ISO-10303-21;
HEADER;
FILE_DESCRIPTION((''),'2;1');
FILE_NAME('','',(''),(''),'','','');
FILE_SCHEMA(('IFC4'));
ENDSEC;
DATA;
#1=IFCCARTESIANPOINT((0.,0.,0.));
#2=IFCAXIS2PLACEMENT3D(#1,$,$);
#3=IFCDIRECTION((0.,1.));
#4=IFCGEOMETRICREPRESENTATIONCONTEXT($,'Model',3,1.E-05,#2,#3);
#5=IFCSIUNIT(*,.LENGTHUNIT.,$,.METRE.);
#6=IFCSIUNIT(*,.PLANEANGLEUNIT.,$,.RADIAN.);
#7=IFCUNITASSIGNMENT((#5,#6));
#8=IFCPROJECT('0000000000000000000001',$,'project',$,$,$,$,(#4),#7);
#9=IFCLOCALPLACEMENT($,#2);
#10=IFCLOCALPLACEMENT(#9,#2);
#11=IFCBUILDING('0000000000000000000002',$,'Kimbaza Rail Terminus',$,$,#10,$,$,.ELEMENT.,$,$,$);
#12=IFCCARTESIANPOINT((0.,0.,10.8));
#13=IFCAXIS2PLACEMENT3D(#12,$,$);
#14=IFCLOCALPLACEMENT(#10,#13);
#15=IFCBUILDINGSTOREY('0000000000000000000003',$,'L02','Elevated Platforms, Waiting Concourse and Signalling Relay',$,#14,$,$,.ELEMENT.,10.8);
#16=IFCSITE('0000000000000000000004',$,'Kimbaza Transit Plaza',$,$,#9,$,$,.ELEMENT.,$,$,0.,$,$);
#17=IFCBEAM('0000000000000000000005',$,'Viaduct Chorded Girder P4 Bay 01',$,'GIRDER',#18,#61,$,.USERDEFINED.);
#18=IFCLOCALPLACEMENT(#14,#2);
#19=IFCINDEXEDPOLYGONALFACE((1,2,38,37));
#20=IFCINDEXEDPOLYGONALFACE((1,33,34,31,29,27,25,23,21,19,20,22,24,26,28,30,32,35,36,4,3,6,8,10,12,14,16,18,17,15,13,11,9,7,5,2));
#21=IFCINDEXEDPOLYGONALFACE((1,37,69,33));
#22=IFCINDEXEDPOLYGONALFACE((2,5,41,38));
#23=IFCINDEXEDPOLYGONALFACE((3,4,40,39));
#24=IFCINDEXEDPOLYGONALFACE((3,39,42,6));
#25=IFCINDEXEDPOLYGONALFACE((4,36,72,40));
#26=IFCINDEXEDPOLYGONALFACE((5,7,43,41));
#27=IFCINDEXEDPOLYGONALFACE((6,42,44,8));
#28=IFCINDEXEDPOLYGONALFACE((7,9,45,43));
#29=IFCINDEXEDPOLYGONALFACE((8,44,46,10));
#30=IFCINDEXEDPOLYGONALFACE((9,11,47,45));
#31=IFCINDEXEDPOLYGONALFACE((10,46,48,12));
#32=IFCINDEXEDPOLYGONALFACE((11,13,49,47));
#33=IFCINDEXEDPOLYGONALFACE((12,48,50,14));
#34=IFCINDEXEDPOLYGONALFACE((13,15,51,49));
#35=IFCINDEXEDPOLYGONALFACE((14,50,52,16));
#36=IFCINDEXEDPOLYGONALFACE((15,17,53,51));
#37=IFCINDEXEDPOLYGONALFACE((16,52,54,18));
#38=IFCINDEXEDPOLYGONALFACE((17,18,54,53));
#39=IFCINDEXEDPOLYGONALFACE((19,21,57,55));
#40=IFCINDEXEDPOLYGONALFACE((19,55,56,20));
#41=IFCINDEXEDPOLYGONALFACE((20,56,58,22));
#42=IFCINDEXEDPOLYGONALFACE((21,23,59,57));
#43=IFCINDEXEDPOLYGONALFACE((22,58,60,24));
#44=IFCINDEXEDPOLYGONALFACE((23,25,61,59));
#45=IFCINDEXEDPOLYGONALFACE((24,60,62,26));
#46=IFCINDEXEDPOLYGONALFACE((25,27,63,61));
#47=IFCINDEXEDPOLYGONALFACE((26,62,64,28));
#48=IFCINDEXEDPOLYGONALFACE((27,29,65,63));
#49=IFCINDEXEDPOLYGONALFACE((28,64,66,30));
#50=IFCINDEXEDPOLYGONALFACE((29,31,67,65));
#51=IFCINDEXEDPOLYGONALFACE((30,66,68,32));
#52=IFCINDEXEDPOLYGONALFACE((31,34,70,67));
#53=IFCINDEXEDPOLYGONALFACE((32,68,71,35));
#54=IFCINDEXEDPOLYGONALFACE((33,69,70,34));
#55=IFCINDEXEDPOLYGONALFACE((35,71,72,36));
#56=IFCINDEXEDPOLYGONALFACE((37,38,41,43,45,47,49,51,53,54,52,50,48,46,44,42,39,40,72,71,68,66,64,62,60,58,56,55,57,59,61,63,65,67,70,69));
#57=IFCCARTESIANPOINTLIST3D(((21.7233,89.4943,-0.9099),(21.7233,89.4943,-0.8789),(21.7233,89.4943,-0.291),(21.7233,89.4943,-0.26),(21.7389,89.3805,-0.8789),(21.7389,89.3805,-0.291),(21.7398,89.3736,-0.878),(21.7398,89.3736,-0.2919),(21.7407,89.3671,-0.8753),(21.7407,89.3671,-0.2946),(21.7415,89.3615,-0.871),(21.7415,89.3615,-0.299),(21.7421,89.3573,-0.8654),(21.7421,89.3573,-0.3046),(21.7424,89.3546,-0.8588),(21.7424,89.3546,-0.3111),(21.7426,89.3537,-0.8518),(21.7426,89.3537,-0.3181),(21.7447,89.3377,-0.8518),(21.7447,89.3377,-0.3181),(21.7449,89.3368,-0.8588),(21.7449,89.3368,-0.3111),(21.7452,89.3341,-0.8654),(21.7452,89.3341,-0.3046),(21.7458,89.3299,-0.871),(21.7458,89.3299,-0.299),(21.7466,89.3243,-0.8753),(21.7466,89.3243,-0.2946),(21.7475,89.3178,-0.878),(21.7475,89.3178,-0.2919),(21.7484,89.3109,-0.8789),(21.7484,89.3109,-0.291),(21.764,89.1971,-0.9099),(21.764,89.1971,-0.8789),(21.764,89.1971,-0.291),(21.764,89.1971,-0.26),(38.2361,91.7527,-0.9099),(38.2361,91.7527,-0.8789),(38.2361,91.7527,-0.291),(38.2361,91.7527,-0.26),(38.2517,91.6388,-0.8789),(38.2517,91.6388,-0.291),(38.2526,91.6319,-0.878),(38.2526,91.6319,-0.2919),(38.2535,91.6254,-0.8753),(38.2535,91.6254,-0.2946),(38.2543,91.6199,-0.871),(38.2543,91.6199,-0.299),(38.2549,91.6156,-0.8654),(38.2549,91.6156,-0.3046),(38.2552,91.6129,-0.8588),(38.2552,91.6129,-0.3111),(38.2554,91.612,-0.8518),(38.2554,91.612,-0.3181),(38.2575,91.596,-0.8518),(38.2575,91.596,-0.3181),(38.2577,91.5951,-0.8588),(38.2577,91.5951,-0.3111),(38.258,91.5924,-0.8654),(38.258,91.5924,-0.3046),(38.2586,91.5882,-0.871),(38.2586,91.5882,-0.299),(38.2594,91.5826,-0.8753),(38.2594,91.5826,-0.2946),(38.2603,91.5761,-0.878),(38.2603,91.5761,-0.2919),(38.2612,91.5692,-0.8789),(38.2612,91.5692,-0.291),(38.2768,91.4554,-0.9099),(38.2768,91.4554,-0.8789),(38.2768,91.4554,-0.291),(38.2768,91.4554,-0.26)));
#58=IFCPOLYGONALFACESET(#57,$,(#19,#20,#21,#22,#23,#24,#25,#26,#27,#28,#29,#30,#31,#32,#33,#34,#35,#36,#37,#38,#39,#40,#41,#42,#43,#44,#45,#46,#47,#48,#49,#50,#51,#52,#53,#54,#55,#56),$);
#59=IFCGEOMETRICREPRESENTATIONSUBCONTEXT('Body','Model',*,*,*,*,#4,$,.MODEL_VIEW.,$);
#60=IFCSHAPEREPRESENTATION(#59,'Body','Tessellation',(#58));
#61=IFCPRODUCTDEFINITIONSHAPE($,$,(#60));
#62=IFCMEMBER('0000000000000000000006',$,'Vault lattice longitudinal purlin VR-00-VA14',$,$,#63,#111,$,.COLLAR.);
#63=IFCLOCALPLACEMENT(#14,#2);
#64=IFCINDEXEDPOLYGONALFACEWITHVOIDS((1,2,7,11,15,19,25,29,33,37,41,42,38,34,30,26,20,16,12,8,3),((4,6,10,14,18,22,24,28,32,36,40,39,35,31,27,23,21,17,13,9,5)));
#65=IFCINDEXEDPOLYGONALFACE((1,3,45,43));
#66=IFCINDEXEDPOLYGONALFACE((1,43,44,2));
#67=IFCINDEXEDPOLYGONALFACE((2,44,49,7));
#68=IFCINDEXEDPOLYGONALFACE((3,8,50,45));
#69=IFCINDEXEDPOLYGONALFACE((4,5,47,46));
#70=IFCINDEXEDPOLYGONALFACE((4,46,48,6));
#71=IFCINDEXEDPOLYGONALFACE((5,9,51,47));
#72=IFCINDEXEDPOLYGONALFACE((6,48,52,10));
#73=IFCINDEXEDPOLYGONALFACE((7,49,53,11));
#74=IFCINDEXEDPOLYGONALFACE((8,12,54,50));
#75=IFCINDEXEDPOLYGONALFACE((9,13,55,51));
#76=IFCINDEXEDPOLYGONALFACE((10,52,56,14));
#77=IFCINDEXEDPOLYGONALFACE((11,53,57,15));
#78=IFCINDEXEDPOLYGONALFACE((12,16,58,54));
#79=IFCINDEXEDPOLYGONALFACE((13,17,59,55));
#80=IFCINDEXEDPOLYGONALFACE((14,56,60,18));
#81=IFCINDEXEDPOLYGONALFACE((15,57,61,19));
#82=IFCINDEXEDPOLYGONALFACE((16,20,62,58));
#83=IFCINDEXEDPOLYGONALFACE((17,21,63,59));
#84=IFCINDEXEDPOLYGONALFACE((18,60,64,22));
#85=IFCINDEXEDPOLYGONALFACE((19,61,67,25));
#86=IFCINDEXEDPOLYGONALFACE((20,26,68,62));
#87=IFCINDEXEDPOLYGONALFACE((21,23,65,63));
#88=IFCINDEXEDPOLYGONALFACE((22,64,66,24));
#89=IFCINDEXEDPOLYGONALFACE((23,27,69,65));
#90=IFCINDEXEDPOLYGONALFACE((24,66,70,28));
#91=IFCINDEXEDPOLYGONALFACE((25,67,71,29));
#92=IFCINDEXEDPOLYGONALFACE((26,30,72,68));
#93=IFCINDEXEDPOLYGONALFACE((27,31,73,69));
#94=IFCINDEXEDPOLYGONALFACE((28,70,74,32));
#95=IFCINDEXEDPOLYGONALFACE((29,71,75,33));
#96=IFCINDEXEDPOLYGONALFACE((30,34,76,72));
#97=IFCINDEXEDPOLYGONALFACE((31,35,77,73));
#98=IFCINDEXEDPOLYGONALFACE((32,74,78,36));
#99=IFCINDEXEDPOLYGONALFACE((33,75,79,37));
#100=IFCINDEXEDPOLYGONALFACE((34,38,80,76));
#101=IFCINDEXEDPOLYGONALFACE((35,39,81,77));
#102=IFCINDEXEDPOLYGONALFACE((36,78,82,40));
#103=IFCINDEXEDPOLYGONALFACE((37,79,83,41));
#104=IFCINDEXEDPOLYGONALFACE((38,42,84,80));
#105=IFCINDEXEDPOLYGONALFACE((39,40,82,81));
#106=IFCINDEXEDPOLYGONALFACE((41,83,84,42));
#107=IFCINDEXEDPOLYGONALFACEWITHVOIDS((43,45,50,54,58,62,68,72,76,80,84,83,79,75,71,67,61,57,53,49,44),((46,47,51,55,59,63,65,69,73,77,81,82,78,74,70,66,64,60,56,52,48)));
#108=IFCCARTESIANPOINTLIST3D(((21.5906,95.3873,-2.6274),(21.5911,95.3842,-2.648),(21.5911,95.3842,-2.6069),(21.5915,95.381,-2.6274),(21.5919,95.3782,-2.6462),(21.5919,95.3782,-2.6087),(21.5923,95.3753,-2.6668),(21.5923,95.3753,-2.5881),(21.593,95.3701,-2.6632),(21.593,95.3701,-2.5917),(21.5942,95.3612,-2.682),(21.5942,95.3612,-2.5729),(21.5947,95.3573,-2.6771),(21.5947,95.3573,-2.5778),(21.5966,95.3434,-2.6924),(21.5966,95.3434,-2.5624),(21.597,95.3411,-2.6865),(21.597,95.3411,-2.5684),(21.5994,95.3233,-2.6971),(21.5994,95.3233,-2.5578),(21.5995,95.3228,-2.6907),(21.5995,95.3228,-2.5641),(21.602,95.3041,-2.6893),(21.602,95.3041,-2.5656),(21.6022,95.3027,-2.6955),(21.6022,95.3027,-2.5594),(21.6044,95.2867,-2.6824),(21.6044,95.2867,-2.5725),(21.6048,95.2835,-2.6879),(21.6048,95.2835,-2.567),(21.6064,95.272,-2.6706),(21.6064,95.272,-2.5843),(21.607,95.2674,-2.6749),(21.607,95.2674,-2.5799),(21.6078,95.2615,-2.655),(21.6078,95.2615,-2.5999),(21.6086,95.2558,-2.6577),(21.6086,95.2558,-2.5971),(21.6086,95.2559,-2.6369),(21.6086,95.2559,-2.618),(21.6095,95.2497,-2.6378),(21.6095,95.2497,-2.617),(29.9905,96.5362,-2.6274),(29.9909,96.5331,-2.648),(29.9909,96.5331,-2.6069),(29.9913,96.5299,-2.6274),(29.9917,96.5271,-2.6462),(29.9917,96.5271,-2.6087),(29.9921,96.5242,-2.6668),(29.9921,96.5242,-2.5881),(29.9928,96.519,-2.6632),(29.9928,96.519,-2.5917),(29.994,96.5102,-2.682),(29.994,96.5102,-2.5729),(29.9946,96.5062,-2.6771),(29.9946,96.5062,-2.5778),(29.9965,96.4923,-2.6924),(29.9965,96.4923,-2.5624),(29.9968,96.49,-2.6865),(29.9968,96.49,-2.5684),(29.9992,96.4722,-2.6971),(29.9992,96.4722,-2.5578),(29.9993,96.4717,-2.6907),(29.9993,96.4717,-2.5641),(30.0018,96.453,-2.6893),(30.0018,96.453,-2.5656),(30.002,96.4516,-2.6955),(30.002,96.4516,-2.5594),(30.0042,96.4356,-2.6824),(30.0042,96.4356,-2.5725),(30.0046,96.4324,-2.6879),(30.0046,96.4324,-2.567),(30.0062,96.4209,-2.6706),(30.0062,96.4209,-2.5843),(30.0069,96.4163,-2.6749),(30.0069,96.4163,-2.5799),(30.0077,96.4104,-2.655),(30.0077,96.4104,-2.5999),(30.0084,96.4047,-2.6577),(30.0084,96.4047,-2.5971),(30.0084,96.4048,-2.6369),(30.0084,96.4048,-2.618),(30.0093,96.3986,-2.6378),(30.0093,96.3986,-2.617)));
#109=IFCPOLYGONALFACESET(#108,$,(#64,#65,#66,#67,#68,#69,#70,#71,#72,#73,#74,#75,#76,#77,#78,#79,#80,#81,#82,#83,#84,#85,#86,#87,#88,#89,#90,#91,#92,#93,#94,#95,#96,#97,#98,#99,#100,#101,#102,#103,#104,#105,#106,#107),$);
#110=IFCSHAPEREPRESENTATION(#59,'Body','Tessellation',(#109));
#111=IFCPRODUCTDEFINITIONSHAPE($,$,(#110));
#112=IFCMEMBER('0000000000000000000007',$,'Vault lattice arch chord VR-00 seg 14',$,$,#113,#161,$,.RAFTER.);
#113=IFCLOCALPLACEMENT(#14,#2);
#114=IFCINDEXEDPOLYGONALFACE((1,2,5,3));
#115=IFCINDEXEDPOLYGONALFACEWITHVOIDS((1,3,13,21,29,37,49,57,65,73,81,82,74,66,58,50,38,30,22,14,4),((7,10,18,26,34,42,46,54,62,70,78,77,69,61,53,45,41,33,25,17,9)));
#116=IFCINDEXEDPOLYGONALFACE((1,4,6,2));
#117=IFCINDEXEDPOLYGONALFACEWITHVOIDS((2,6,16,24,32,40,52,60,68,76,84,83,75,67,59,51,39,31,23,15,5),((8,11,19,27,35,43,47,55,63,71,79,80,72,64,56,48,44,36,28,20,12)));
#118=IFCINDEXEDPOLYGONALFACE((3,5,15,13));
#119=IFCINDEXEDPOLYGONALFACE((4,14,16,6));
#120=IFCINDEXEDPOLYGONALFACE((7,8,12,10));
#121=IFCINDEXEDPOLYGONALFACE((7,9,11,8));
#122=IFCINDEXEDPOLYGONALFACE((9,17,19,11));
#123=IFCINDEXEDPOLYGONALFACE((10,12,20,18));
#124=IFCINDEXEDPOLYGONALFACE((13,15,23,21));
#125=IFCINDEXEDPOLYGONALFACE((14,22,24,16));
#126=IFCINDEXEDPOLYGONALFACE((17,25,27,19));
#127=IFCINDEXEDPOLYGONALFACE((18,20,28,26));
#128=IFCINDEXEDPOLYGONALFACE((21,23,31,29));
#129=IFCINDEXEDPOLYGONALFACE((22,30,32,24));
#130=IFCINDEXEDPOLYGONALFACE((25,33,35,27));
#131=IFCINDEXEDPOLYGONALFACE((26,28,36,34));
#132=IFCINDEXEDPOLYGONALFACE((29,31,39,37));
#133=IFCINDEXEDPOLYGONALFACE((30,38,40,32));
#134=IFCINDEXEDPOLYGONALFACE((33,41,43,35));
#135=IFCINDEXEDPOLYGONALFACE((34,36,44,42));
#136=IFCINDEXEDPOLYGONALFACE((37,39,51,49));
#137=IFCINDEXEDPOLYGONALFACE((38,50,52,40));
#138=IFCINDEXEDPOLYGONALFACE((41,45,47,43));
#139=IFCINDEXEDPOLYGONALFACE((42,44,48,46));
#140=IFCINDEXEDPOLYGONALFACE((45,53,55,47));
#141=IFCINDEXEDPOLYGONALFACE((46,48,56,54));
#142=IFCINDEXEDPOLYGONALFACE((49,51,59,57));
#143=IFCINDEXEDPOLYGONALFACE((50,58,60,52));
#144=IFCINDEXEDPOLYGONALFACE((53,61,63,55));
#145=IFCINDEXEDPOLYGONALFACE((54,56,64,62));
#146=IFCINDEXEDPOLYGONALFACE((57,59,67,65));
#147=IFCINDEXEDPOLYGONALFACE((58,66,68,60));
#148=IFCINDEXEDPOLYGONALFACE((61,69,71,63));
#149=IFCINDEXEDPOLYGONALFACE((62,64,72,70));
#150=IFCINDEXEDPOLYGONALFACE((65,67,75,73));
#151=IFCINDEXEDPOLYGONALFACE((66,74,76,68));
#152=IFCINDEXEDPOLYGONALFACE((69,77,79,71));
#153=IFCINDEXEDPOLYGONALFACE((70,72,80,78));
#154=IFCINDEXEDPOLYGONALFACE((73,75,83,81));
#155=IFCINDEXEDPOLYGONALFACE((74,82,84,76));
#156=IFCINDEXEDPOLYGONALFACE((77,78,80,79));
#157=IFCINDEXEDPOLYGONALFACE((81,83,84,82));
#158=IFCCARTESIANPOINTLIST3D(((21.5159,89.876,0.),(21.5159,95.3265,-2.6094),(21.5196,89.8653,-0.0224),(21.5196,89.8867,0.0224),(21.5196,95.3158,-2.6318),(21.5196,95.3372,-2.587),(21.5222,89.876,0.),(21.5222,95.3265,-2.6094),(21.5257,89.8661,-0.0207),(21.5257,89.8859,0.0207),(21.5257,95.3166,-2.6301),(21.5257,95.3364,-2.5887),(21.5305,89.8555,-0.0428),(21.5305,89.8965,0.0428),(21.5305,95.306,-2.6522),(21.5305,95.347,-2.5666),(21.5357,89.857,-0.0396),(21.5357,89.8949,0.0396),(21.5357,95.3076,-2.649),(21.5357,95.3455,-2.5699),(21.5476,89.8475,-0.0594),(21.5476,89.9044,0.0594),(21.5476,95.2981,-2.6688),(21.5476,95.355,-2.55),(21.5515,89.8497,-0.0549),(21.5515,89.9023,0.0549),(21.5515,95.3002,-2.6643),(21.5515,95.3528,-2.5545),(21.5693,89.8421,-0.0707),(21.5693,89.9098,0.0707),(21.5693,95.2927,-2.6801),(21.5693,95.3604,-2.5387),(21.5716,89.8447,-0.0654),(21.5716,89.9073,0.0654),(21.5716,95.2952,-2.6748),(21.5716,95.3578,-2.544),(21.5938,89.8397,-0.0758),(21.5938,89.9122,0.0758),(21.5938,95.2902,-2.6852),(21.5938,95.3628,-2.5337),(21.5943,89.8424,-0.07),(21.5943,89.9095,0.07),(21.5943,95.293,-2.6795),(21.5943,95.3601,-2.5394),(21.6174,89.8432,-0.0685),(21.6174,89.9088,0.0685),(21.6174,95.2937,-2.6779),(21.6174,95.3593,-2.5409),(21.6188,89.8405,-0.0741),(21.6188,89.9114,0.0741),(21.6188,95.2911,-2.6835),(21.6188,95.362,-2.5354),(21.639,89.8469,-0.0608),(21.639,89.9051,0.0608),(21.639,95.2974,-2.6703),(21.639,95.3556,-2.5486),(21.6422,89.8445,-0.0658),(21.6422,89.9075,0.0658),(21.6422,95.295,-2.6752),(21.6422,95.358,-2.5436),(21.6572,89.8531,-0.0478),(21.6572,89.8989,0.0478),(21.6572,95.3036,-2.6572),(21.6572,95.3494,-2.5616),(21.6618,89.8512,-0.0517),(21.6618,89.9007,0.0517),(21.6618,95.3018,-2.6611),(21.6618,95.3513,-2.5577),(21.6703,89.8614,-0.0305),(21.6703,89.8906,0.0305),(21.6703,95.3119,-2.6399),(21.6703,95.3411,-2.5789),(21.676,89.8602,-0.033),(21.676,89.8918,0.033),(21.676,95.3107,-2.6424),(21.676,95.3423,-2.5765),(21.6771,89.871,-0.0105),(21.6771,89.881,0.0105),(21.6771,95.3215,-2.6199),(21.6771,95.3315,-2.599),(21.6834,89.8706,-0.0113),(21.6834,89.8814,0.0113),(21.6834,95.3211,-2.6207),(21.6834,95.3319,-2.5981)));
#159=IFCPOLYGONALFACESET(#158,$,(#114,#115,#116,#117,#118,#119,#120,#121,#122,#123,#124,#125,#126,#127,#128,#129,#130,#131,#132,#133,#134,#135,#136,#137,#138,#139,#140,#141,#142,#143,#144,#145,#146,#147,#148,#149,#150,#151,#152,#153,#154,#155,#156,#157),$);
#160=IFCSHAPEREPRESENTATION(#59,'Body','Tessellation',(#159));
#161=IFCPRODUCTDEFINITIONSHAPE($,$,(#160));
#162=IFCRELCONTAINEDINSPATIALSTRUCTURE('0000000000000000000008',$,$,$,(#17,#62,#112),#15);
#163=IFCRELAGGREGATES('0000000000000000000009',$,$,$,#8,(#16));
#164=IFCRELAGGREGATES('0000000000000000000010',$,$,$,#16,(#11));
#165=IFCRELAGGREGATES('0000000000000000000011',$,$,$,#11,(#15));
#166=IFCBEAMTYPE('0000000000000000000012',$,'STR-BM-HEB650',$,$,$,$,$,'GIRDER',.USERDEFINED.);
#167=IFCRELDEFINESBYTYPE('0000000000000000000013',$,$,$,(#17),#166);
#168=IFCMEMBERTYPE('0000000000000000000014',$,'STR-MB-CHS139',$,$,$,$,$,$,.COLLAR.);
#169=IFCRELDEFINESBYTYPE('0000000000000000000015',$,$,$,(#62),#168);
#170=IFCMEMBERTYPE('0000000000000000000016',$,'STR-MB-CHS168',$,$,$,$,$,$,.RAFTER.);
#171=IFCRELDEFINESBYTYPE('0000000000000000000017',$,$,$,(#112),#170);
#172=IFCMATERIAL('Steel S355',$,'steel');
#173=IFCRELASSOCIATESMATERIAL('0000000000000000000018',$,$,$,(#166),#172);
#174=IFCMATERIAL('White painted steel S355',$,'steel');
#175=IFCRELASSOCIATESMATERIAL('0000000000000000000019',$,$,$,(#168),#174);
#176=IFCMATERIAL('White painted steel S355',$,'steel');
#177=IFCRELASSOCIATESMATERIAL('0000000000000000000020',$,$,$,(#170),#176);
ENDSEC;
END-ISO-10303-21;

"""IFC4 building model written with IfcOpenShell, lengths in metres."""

from ifc_helpers import new_model, si_unit, direction, frame, origin, origin_2d, place, context, subcontext, project, spatial, hollow_circle, i_section, extrude, material, material_profile, profile_set, type_object, element, save


model = new_model("IFC4")

# Units and contexts
model_context = context("Model", 3, precision=1e-05, world=origin(), true_north=direction((0.0, 1.0)))
body_context = subcontext(model_context, "Body", "Model", "MODEL_VIEW")
ifc_project = project(units=[si_unit("LENGTHUNIT", "METRE"), si_unit("PLANEANGLEUNIT", "RADIAN")], contexts=[model_context])

# Site, building, storey
site_placement = place(None, origin())
site = spatial("IfcSite", under=ifc_project, at=site_placement, Name="Kimbaza Transit Plaza", CompositionType="ELEMENT", RefElevation=0.0)
building_placement = place(site_placement, origin())
building = spatial("IfcBuilding", under=site, at=building_placement, Name="Kimbaza Rail Terminus", CompositionType="ELEMENT")
storey_placement = place(building_placement, frame((0.0, 0.0, 10.8)))
storey = spatial("IfcBuildingStorey", under=building, at=storey_placement, Name="L02", Description="Elevated Platforms, Waiting Concourse and Signalling Relay", CompositionType="ELEMENT", Elevation=10.8)

# Beam
ifc_material_1 = material(Name="Steel S355", Category="steel")
ifc_material_profile_1 = material_profile(ifc_material_1, i_section(OverallWidth=0.3, OverallDepth=0.6499, WebThickness=0.0161, FlangeThickness=0.031, FilletRadius=0.0271, at=origin_2d()), Name="HEB 650")
ifc_profile_set_1 = profile_set([ifc_material_profile_1], Name="Steel S355")
beam_type = type_object("IfcBeamType", Name="STR-BM-HEB650", ElementType="GIRDER", PredefinedType="USERDEFINED", material=ifc_profile_set_1)
beam_placement = place(storey_placement, frame((21.7437, 89.3457, -0.585), z_axis=(0.990777, 0.1355, 0.0), x_axis=(-0.1355, 0.990777, 0.0)))
element("IfcBeam", 1, at=beam_placement, inside=storey, type_object=beam_type, Name="Viaduct Chorded Girder P4 Bay 01", ObjectType="GIRDER", PredefinedType="USERDEFINED", context=body_context, shape_type="SweptSolid", body=[
    extrude(i_section(OverallWidth=0.3, OverallDepth=0.6499, WebThickness=0.0161, FlangeThickness=0.031, FilletRadius=0.0271, at=origin_2d()), origin(), (0.0, 0.0, 1.0), 16.6665),
])

# Members
ifc_material_2 = material(Name="White painted steel S355", Category="steel")
ifc_material_profile_2 = material_profile(ifc_material_2, hollow_circle(Radius=0.0698, WallThickness=0.0063, at=origin_2d()), Name="CHS 139.7x6.3")
ifc_profile_set_2 = profile_set([ifc_material_profile_2], Name="White painted steel S355")
member_type_1 = type_object("IfcMemberType", Name="STR-MB-CHS139", PredefinedType="COLLAR", material=ifc_profile_set_2)
member_1_placement = place(storey_placement, frame((21.6001, 95.3181, -2.6274), z_axis=(0.990775, 0.135517, 0.0), x_axis=(-0.135517, 0.990775, 0.0)))
element("IfcMember", 2, at=member_1_placement, inside=storey, type_object=member_type_1, Name="Vault lattice longitudinal purlin VR-00-VA14", PredefinedType="COLLAR", context=body_context, shape_type="SweptSolid", body=[
    extrude(hollow_circle(Radius=0.0698, WallThickness=0.0063, at=origin_2d()), origin(), (0.0, 0.0, 1.0), 8.478),
])
ifc_material_3 = material(Name="White painted steel S355", Category="steel")
ifc_material_profile_3 = material_profile(ifc_material_3, hollow_circle(Radius=0.0842, WallThickness=0.0063, at=origin_2d()), Name="CHS 168.3x6.3")
ifc_profile_set_3 = profile_set([ifc_material_profile_3], Name="White painted steel S355")
member_type_2 = type_object("IfcMemberType", Name="STR-MB-CHS168", PredefinedType="RAFTER", material=ifc_profile_set_3)
for number, where, z_axis, x_axis, name in (
    (3, (21.6001, 89.876, 0.0), (0.0, 0.901964, -0.431811), (-1.0, 0.0, 0.0), "Vault lattice arch chord VR-00 seg 14"),
):
    element("IfcMember", number, at=place(storey_placement, frame(where, z_axis=z_axis, x_axis=x_axis)), inside=storey, type_object=member_type_2, Name=name, PredefinedType="RAFTER", context=body_context, shape_type="SweptSolid", body=[
        extrude(hollow_circle(Radius=0.0842, WallThickness=0.0063, at=origin_2d()), origin(), (0.0, 0.0, 1.0), 6.043),
    ])

save(model, "model.ifc")
